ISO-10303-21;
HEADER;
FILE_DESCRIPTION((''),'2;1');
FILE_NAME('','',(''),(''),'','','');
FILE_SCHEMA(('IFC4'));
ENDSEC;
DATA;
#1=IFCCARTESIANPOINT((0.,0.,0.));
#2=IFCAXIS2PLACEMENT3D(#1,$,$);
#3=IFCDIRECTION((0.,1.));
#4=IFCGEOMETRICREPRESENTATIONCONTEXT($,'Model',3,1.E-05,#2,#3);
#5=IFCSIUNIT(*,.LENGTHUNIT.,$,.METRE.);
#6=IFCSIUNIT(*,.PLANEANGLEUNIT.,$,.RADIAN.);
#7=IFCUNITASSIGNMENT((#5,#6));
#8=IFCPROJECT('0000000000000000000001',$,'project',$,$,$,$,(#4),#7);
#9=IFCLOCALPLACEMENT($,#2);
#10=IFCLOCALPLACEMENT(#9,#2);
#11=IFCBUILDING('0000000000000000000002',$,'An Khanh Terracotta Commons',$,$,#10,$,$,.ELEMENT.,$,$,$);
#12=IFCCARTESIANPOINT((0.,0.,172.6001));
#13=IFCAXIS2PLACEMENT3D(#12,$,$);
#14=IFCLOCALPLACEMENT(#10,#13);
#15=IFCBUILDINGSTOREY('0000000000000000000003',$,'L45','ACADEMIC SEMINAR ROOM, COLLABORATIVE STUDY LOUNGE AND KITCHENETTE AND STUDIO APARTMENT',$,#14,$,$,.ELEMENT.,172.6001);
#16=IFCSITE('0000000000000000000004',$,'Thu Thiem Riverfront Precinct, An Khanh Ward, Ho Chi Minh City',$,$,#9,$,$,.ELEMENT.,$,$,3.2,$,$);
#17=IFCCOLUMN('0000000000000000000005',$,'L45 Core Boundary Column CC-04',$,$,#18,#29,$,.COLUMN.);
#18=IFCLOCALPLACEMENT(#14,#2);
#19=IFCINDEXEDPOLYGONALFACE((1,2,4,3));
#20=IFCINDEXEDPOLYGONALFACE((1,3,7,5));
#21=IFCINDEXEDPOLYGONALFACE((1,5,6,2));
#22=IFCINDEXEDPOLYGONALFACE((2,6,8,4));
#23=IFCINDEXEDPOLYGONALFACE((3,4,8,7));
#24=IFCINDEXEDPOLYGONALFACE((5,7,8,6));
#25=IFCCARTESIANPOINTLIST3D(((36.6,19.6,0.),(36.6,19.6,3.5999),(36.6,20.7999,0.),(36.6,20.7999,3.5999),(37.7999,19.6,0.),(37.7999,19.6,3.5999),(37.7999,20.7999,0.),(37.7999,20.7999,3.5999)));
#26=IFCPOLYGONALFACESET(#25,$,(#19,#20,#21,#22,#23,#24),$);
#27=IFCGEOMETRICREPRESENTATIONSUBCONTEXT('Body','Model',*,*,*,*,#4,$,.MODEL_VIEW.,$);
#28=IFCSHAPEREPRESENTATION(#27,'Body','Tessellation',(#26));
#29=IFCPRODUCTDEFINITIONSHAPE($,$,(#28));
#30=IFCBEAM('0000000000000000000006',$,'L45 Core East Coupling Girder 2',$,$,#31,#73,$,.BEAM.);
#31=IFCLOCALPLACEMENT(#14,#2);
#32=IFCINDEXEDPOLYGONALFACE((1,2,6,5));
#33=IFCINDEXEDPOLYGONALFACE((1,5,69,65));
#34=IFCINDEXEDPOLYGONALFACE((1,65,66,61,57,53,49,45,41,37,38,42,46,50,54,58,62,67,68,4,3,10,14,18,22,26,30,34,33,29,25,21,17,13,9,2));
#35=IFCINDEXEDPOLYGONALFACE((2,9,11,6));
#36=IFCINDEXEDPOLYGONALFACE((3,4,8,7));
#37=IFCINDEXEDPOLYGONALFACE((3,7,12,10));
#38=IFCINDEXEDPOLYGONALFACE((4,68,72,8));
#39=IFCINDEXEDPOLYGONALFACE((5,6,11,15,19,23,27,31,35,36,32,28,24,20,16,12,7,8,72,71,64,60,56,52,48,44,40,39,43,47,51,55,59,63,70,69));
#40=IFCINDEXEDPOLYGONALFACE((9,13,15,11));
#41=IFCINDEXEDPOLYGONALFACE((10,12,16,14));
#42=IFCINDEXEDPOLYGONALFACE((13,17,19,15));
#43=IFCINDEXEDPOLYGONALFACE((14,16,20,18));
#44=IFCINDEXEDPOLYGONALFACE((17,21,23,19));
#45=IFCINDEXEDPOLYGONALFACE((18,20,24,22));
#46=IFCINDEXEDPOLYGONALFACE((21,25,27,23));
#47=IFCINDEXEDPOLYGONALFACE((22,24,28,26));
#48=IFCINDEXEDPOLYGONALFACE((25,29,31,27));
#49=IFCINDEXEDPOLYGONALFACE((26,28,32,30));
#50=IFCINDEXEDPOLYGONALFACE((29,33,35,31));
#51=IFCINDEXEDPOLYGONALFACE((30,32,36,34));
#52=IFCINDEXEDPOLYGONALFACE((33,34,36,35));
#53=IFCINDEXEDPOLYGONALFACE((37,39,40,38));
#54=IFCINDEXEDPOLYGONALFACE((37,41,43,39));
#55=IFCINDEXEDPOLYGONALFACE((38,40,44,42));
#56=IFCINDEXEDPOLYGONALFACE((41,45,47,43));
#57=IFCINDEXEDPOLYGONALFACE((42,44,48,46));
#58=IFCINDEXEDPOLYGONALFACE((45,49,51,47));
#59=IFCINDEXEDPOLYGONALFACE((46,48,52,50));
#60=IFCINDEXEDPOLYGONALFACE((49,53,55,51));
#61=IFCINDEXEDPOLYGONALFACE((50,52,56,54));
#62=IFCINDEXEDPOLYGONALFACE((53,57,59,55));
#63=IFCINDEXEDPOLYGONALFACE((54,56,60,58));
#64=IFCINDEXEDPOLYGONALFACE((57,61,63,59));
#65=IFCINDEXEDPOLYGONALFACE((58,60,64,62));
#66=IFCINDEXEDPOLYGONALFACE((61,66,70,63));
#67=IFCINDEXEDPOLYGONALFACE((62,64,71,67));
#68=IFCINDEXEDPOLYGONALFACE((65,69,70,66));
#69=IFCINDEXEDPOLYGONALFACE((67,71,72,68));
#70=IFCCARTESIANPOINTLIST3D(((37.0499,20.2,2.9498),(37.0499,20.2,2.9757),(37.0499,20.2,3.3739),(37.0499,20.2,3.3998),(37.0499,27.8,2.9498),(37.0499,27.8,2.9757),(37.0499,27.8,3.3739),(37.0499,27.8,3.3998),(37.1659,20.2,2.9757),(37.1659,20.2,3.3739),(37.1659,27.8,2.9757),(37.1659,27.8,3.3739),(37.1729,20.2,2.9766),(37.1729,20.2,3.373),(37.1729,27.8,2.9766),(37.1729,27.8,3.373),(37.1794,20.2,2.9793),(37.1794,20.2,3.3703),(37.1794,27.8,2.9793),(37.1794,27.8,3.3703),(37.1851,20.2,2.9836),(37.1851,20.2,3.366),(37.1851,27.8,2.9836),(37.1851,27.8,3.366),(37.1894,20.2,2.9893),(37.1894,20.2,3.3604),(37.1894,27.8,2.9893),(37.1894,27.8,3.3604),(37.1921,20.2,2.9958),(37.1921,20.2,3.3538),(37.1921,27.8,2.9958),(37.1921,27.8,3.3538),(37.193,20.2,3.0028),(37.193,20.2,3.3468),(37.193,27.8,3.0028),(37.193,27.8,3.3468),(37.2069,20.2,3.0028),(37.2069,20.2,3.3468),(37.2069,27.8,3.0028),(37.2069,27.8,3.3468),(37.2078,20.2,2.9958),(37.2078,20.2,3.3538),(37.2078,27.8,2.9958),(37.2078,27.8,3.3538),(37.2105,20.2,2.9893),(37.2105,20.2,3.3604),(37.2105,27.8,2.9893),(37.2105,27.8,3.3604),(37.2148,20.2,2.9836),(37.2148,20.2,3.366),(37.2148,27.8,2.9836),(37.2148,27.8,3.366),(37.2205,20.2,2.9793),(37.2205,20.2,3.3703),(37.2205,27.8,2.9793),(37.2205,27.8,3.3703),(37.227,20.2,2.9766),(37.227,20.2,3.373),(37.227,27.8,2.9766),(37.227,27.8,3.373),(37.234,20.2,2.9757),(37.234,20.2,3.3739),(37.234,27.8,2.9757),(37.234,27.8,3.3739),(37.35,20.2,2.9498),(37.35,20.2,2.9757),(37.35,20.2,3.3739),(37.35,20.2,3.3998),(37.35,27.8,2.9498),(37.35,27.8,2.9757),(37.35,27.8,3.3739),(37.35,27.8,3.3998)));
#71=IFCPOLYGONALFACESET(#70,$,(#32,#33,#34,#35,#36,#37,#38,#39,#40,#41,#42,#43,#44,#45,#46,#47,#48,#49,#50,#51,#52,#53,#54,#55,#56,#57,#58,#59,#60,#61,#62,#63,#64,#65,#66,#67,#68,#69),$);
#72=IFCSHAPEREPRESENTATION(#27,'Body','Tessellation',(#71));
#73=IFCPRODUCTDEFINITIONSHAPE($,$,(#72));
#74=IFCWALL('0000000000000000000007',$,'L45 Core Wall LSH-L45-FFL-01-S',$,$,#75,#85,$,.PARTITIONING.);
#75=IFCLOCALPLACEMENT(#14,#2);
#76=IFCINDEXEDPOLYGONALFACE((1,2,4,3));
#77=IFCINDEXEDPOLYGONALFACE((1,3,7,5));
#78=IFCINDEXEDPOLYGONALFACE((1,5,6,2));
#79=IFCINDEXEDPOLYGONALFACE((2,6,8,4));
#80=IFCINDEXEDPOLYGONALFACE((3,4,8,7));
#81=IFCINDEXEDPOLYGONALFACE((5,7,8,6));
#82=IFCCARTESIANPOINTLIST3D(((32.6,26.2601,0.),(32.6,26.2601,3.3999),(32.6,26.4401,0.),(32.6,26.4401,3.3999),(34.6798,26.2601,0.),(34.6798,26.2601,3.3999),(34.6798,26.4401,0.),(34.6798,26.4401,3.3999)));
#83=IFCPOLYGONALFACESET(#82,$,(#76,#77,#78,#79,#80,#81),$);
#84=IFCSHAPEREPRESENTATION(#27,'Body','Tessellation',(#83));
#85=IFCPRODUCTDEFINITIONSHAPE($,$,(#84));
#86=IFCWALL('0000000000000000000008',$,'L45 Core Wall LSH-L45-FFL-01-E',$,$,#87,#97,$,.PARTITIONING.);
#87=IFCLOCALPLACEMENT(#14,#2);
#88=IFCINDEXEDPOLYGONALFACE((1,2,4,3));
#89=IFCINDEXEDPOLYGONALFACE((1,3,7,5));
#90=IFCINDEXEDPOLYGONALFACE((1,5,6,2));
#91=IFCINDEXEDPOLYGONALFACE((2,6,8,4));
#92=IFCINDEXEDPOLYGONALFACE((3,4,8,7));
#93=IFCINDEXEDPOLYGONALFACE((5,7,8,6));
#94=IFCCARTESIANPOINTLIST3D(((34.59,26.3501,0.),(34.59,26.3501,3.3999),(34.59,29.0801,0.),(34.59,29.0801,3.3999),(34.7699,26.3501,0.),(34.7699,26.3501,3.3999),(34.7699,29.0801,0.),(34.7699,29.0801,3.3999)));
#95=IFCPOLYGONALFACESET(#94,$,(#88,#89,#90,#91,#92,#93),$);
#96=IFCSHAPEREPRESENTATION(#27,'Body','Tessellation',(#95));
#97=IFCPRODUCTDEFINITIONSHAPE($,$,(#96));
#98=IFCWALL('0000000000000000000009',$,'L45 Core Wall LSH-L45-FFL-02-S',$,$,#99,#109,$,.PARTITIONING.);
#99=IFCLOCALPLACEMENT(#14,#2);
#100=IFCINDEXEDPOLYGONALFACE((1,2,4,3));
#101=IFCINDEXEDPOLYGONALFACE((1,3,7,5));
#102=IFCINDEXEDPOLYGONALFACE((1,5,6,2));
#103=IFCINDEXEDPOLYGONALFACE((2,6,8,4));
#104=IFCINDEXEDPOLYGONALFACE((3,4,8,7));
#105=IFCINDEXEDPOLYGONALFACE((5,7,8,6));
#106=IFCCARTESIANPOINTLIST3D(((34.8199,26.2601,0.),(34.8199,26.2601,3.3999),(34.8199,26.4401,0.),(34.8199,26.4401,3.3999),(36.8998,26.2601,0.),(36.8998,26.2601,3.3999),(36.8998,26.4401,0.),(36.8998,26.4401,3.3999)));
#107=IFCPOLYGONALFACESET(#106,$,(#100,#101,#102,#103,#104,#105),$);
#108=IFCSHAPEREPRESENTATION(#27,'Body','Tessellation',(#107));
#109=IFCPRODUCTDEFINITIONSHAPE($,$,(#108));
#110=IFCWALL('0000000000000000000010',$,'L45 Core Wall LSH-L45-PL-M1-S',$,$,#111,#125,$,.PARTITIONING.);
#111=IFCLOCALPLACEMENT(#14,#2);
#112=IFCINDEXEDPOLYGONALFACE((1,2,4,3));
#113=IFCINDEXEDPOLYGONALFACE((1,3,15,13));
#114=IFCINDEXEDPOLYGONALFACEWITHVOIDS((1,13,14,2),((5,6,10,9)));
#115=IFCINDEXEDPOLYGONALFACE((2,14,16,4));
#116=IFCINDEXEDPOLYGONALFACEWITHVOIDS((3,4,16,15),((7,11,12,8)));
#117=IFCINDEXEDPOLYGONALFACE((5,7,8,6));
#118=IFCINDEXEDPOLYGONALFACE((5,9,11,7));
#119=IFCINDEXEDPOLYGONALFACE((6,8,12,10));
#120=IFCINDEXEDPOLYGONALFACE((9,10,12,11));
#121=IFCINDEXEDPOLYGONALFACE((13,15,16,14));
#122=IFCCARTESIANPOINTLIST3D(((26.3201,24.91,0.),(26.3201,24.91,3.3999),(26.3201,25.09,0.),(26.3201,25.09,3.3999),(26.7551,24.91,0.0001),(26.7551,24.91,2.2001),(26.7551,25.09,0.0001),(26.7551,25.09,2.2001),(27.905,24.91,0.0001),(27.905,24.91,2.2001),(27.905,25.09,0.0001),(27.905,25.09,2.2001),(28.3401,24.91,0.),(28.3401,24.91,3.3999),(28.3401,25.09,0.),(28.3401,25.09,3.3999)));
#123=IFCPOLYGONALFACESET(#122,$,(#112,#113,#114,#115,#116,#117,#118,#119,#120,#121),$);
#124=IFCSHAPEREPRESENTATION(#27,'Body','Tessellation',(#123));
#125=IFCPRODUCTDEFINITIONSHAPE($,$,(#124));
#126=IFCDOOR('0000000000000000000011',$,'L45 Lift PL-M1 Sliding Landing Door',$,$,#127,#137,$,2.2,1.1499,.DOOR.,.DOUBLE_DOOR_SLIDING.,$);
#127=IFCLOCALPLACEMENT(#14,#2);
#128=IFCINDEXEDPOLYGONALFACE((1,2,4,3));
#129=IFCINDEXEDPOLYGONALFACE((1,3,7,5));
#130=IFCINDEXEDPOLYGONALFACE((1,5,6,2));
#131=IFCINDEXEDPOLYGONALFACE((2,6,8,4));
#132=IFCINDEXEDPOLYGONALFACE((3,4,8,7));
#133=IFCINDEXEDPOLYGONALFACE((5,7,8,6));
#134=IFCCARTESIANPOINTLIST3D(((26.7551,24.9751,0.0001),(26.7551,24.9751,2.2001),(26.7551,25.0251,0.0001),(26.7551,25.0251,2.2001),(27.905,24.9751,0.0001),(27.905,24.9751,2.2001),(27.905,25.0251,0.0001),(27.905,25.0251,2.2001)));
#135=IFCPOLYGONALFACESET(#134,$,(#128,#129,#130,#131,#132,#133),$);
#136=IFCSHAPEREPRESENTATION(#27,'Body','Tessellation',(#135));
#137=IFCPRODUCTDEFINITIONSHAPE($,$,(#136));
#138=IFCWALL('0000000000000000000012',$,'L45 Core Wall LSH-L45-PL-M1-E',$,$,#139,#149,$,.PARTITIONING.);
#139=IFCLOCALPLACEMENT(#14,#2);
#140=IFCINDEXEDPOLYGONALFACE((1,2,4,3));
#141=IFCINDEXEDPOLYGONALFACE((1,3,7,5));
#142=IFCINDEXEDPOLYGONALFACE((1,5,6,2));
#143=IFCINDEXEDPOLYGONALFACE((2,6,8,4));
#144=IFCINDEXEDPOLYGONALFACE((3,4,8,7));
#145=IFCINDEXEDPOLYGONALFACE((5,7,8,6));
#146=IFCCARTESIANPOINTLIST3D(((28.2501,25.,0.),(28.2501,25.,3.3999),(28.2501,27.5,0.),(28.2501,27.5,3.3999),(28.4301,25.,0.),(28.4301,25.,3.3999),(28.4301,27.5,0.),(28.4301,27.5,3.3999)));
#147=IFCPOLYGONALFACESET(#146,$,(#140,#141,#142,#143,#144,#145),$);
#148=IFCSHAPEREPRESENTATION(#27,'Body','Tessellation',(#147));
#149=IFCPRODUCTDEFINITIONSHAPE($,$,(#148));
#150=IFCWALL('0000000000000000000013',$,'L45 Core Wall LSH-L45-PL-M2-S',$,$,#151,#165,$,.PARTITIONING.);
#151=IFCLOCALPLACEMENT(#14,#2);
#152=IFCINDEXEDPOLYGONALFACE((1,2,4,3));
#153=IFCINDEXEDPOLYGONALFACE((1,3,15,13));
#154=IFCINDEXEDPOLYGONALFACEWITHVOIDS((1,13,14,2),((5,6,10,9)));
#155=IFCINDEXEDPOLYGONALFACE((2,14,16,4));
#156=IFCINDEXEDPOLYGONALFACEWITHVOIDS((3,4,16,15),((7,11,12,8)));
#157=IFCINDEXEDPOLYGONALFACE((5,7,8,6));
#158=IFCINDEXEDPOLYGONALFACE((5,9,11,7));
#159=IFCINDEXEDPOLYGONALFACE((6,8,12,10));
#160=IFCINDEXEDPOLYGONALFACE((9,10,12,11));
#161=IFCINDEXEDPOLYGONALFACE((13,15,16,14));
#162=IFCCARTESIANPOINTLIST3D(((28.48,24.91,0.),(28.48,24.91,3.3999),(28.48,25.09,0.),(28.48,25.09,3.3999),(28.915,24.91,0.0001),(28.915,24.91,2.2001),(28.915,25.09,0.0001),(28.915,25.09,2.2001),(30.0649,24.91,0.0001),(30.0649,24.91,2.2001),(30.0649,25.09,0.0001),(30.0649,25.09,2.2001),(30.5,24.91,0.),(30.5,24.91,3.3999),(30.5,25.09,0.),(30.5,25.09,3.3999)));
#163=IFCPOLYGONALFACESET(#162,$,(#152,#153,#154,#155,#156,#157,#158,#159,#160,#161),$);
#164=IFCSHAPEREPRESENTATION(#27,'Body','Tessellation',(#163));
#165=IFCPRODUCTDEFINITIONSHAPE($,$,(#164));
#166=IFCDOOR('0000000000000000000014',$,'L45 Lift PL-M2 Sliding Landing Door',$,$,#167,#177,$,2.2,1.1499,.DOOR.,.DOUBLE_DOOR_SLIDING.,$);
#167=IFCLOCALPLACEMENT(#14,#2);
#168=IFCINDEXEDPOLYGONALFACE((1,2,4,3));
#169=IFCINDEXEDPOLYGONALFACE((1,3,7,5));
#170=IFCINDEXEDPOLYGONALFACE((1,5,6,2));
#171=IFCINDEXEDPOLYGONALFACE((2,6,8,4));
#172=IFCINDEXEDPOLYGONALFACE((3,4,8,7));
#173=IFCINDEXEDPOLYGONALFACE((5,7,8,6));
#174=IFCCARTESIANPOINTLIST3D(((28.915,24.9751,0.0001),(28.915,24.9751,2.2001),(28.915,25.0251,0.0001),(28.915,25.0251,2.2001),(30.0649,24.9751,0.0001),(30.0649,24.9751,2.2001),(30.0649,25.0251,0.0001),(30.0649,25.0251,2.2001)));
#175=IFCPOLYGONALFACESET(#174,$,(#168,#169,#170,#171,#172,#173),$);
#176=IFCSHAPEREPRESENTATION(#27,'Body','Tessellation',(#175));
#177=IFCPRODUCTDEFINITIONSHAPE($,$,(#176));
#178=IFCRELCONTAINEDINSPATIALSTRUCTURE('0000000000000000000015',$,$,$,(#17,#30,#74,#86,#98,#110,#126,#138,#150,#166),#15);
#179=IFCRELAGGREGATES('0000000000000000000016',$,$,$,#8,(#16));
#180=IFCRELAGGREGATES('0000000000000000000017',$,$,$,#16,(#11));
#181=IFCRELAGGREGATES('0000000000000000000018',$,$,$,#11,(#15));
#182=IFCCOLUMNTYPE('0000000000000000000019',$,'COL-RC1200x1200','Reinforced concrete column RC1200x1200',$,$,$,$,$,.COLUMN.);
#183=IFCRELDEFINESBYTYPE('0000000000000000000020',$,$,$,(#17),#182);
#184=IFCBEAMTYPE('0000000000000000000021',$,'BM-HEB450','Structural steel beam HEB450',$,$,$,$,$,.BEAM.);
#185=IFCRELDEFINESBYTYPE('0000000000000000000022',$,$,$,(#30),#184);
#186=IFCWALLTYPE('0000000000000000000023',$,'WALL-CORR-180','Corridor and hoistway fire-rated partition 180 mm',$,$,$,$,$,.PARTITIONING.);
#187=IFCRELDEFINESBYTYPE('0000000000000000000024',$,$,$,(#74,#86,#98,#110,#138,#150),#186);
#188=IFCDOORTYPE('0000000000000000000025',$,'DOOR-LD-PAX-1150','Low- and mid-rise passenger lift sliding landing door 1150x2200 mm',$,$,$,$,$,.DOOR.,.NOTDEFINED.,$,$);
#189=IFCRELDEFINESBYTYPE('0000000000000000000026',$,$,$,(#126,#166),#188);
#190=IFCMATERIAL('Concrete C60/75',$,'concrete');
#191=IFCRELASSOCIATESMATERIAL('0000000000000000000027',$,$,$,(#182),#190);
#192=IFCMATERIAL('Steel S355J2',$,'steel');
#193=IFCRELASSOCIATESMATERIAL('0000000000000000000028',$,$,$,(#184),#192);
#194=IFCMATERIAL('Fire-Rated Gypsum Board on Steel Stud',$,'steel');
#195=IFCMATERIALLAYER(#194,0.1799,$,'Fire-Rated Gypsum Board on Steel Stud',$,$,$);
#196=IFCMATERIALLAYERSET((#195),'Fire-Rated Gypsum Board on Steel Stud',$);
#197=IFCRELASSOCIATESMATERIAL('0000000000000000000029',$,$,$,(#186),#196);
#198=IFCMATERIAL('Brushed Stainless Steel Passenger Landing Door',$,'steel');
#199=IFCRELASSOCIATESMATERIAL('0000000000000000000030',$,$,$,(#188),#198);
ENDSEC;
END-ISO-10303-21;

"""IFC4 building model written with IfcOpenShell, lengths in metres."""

from ifc_helpers import new_model, si_unit, direction, frame, frame_2d, origin, origin_2d, place, context, subcontext, project, spatial, rectangle, i_section, extrude, material, layer, layer_set, material_profile, profile_set, type_object, element, fill, save


model = new_model("IFC4")

# Units and contexts
model_context = context("Model", 3, precision=1e-05, world=origin(), true_north=direction((0.0, 1.0)))
body_context = subcontext(model_context, "Body", "Model", "MODEL_VIEW")
ifc_project = project(units=[si_unit("LENGTHUNIT", "METRE"), si_unit("PLANEANGLEUNIT", "RADIAN")], contexts=[model_context])

# Site, building, storey
site_placement = place(None, origin())
site = spatial("IfcSite", under=ifc_project, at=site_placement, Name="Thu Thiem Riverfront Precinct, An Khanh Ward, Ho Chi Minh City", CompositionType="ELEMENT", RefElevation=3.2)
building_placement = place(site_placement, origin())
building = spatial("IfcBuilding", under=site, at=building_placement, Name="An Khanh Terracotta Commons", CompositionType="ELEMENT")
storey_placement = place(building_placement, frame((0.0, 0.0, 172.6001)))
storey = spatial("IfcBuildingStorey", under=building, at=storey_placement, Name="L45", Description="ACADEMIC SEMINAR ROOM, COLLABORATIVE STUDY LOUNGE AND KITCHENETTE AND STUDIO APARTMENT", CompositionType="ELEMENT", Elevation=172.6001)

# Column
ifc_material_1 = material(Name="Concrete C60/75", Category="concrete")
ifc_material_profile_1 = material_profile(ifc_material_1, rectangle(XDim=1.2, YDim=1.2, at=origin_2d()), Name="RC1200x1200")
ifc_profile_set_1 = profile_set([ifc_material_profile_1], Name="Concrete C60/75")
column_type = type_object("IfcColumnType", Name="COL-RC1200x1200", Description="Reinforced concrete column RC1200x1200", PredefinedType="COLUMN", material=ifc_profile_set_1)
column_placement = place(storey_placement, frame((37.2, 20.2, 0.0), z_axis=(0.0, 0.0, 1.0), x_axis=(1.0, 0.0, 0.0)))
element("IfcColumn", 1, at=column_placement, inside=storey, type_object=column_type, Name="L45 Core Boundary Column CC-04", PredefinedType="COLUMN", context=body_context, shape_type="SweptSolid", body=[
    extrude(rectangle(XDim=1.2, YDim=1.2, at=origin_2d()), origin(), (0.0, 0.0, 1.0), 3.5999),
])

# Beam
ifc_material_2 = material(Name="Steel S355J2", Category="steel")
ifc_material_profile_2 = material_profile(ifc_material_2, i_section(OverallWidth=0.3, OverallDepth=0.45, WebThickness=0.0139, FlangeThickness=0.0259, FilletRadius=0.0271, at=origin_2d()), Name="HEB450")
ifc_profile_set_2 = profile_set([ifc_material_profile_2], Name="Steel S355J2")
beam_type = type_object("IfcBeamType", Name="BM-HEB450", Description="Structural steel beam HEB450", PredefinedType="BEAM", material=ifc_profile_set_2)
beam_placement = place(storey_placement, frame((37.2, 20.2, 3.1748), z_axis=(0.0, 1.0, 0.0), x_axis=(-1.0, 0.0, 0.0)))
element("IfcBeam", 2, at=beam_placement, inside=storey, type_object=beam_type, Name="L45 Core East Coupling Girder 2", PredefinedType="BEAM", context=body_context, shape_type="SweptSolid", body=[
    extrude(i_section(OverallWidth=0.3, OverallDepth=0.45, WebThickness=0.0139, FlangeThickness=0.0259, FilletRadius=0.0271, at=origin_2d()), origin(), (0.0, 0.0, 1.0), 7.6001),
])

# Walls
ifc_material_3 = material(Name="Fire-Rated Gypsum Board on Steel Stud", Category="steel")
ifc_layer_1 = layer(ifc_material_3, 0.1799, Name="Fire-Rated Gypsum Board on Steel Stud")
ifc_layer_set_1 = layer_set([ifc_layer_1], Name="Fire-Rated Gypsum Board on Steel Stud")
wall_type_1 = type_object("IfcWallType", Name="WALL-CORR-180", Description="Corridor and hoistway fire-rated partition 180 mm", PredefinedType="PARTITIONING", material=ifc_layer_set_1)
wall_1_placement = place(storey_placement, frame((34.6799, 26.3501, 0.0), z_axis=(0.0, 0.0, 1.0), x_axis=(-1.0, 0.0, 0.0)))
element("IfcWall", 3, at=wall_1_placement, inside=storey, type_object=wall_type_1, Name="L45 Core Wall LSH-L45-FFL-01-S", PredefinedType="PARTITIONING", context=body_context, shape_type="SweptSolid", body=[
    extrude(rectangle(XDim=2.0798, YDim=0.1799, at=frame_2d((1.04, 0.0))), origin(), (0.0, 0.0, 1.0), 3.3999),
])
wall_2_placement = place(storey_placement, frame((34.6799, 26.3501, 0.0), z_axis=(0.0, 0.0, 1.0), x_axis=(0.0, 1.0, 0.0)))
element("IfcWall", 4, at=wall_2_placement, inside=storey, type_object=wall_type_1, Name="L45 Core Wall LSH-L45-FFL-01-E", PredefinedType="PARTITIONING", context=body_context, shape_type="SweptSolid", body=[
    extrude(rectangle(XDim=2.73, YDim=0.1799, at=frame_2d((1.365, 0.0))), origin(), (0.0, 0.0, 1.0), 3.3999),
])
wall_3_placement = place(storey_placement, frame((36.8999, 26.3501, 0.0), z_axis=(0.0, 0.0, 1.0), x_axis=(-1.0, 0.0, 0.0)))
element("IfcWall", 5, at=wall_3_placement, inside=storey, type_object=wall_type_1, Name="L45 Core Wall LSH-L45-FFL-02-S", PredefinedType="PARTITIONING", context=body_context, shape_type="SweptSolid", body=[
    extrude(rectangle(XDim=2.0798, YDim=0.1799, at=frame_2d((1.04, 0.0))), origin(), (0.0, 0.0, 1.0), 3.3999),
])

# Wall, opening, door
wall_4_placement = place(storey_placement, frame((28.3401, 25.0, 0.0), z_axis=(0.0, 0.0, 1.0), x_axis=(-1.0, 0.0, 0.0)))
wall_4 = element("IfcWall", 6, at=wall_4_placement, inside=storey, type_object=wall_type_1, Name="L45 Core Wall LSH-L45-PL-M1-S", PredefinedType="PARTITIONING", context=body_context, shape_type="SweptSolid", body=[
    extrude(rectangle(XDim=2.02, YDim=0.1799, at=frame_2d((1.01, 0.0))), origin(), (0.0, 0.0, 1.0), 3.3999),
])
opening_1_placement = place(wall_4_placement, frame((0.4351, 0.0, 0.0)))
opening_1 = element("IfcOpeningElement", 7, at=opening_1_placement, cuts=wall_4, PredefinedType="OPENING", context=body_context, shape_type="SweptSolid", body=[
    extrude(rectangle(XDim=1.1499, YDim=2.2, at=frame_2d((0.575, 1.1001))), frame((0.0, 0.0999, 0.0), z_axis=(0.0, -1.0, 0.0), x_axis=(1.0, 0.0, 0.0)), (0.0, 0.0, 1.0), 0.2),
])
ifc_material_4 = material(Name="Brushed Stainless Steel Passenger Landing Door", Category="steel")
door_type = type_object("IfcDoorType", Name="DOOR-LD-PAX-1150", Description="Low- and mid-rise passenger lift sliding landing door 1150x2200 mm", OperationType="NOTDEFINED", PredefinedType="DOOR", material=ifc_material_4)
door_1_placement = place(opening_1_placement, origin())
door_1 = element("IfcDoor", 8, at=door_1_placement, inside=storey, type_object=door_type, Name="L45 Lift PL-M1 Sliding Landing Door", OperationType="DOUBLE_DOOR_SLIDING", OverallHeight=2.2, OverallWidth=1.1499, PredefinedType="DOOR", context=body_context, shape_type="SweptSolid", body=[
    extrude(rectangle(XDim=1.1499, YDim=2.2, at=frame_2d((0.575, 1.1001))), frame((0.0, 0.0249, 0.0), z_axis=(0.0, -1.0, 0.0), x_axis=(1.0, 0.0, 0.0)), (0.0, 0.0, 1.0), 0.05),
])
fill(opening_1, door_1)

# Wall
wall_5_placement = place(storey_placement, frame((28.3401, 25.0, 0.0), z_axis=(0.0, 0.0, 1.0), x_axis=(0.0, 1.0, 0.0)))
element("IfcWall", 9, at=wall_5_placement, inside=storey, type_object=wall_type_1, Name="L45 Core Wall LSH-L45-PL-M1-E", PredefinedType="PARTITIONING", context=body_context, shape_type="SweptSolid", body=[
    extrude(rectangle(XDim=2.5, YDim=0.1799, at=frame_2d((1.25, 0.0))), origin(), (0.0, 0.0, 1.0), 3.3999),
])

# Wall, opening, door
wall_6_placement = place(storey_placement, frame((30.5, 25.0, 0.0), z_axis=(0.0, 0.0, 1.0), x_axis=(-1.0, 0.0, 0.0)))
wall_6 = element("IfcWall", 10, at=wall_6_placement, inside=storey, type_object=wall_type_1, Name="L45 Core Wall LSH-L45-PL-M2-S", PredefinedType="PARTITIONING", context=body_context, shape_type="SweptSolid", body=[
    extrude(rectangle(XDim=2.02, YDim=0.1799, at=frame_2d((1.01, 0.0))), origin(), (0.0, 0.0, 1.0), 3.3999),
])
opening_2_placement = place(wall_6_placement, frame((0.4351, 0.0, 0.0)))
opening_2 = element("IfcOpeningElement", 11, at=opening_2_placement, cuts=wall_6, PredefinedType="OPENING", context=body_context, shape_type="SweptSolid", body=[
    extrude(rectangle(XDim=1.1499, YDim=2.2, at=frame_2d((0.575, 1.1001))), frame((0.0, 0.0999, 0.0), z_axis=(0.0, -1.0, 0.0), x_axis=(1.0, 0.0, 0.0)), (0.0, 0.0, 1.0), 0.2),
])
door_2_placement = place(opening_2_placement, origin())
door_2 = element("IfcDoor", 12, at=door_2_placement, inside=storey, type_object=door_type, Name="L45 Lift PL-M2 Sliding Landing Door", OperationType="DOUBLE_DOOR_SLIDING", OverallHeight=2.2, OverallWidth=1.1499, PredefinedType="DOOR", context=body_context, shape_type="SweptSolid", body=[
    extrude(rectangle(XDim=1.1499, YDim=2.2, at=frame_2d((0.575, 1.1001))), frame((0.0, 0.0249, 0.0), z_axis=(0.0, -1.0, 0.0), x_axis=(1.0, 0.0, 0.0)), (0.0, 0.0, 1.0), 0.05),
])
fill(opening_2, door_2)

save(model, "model.ifc")
